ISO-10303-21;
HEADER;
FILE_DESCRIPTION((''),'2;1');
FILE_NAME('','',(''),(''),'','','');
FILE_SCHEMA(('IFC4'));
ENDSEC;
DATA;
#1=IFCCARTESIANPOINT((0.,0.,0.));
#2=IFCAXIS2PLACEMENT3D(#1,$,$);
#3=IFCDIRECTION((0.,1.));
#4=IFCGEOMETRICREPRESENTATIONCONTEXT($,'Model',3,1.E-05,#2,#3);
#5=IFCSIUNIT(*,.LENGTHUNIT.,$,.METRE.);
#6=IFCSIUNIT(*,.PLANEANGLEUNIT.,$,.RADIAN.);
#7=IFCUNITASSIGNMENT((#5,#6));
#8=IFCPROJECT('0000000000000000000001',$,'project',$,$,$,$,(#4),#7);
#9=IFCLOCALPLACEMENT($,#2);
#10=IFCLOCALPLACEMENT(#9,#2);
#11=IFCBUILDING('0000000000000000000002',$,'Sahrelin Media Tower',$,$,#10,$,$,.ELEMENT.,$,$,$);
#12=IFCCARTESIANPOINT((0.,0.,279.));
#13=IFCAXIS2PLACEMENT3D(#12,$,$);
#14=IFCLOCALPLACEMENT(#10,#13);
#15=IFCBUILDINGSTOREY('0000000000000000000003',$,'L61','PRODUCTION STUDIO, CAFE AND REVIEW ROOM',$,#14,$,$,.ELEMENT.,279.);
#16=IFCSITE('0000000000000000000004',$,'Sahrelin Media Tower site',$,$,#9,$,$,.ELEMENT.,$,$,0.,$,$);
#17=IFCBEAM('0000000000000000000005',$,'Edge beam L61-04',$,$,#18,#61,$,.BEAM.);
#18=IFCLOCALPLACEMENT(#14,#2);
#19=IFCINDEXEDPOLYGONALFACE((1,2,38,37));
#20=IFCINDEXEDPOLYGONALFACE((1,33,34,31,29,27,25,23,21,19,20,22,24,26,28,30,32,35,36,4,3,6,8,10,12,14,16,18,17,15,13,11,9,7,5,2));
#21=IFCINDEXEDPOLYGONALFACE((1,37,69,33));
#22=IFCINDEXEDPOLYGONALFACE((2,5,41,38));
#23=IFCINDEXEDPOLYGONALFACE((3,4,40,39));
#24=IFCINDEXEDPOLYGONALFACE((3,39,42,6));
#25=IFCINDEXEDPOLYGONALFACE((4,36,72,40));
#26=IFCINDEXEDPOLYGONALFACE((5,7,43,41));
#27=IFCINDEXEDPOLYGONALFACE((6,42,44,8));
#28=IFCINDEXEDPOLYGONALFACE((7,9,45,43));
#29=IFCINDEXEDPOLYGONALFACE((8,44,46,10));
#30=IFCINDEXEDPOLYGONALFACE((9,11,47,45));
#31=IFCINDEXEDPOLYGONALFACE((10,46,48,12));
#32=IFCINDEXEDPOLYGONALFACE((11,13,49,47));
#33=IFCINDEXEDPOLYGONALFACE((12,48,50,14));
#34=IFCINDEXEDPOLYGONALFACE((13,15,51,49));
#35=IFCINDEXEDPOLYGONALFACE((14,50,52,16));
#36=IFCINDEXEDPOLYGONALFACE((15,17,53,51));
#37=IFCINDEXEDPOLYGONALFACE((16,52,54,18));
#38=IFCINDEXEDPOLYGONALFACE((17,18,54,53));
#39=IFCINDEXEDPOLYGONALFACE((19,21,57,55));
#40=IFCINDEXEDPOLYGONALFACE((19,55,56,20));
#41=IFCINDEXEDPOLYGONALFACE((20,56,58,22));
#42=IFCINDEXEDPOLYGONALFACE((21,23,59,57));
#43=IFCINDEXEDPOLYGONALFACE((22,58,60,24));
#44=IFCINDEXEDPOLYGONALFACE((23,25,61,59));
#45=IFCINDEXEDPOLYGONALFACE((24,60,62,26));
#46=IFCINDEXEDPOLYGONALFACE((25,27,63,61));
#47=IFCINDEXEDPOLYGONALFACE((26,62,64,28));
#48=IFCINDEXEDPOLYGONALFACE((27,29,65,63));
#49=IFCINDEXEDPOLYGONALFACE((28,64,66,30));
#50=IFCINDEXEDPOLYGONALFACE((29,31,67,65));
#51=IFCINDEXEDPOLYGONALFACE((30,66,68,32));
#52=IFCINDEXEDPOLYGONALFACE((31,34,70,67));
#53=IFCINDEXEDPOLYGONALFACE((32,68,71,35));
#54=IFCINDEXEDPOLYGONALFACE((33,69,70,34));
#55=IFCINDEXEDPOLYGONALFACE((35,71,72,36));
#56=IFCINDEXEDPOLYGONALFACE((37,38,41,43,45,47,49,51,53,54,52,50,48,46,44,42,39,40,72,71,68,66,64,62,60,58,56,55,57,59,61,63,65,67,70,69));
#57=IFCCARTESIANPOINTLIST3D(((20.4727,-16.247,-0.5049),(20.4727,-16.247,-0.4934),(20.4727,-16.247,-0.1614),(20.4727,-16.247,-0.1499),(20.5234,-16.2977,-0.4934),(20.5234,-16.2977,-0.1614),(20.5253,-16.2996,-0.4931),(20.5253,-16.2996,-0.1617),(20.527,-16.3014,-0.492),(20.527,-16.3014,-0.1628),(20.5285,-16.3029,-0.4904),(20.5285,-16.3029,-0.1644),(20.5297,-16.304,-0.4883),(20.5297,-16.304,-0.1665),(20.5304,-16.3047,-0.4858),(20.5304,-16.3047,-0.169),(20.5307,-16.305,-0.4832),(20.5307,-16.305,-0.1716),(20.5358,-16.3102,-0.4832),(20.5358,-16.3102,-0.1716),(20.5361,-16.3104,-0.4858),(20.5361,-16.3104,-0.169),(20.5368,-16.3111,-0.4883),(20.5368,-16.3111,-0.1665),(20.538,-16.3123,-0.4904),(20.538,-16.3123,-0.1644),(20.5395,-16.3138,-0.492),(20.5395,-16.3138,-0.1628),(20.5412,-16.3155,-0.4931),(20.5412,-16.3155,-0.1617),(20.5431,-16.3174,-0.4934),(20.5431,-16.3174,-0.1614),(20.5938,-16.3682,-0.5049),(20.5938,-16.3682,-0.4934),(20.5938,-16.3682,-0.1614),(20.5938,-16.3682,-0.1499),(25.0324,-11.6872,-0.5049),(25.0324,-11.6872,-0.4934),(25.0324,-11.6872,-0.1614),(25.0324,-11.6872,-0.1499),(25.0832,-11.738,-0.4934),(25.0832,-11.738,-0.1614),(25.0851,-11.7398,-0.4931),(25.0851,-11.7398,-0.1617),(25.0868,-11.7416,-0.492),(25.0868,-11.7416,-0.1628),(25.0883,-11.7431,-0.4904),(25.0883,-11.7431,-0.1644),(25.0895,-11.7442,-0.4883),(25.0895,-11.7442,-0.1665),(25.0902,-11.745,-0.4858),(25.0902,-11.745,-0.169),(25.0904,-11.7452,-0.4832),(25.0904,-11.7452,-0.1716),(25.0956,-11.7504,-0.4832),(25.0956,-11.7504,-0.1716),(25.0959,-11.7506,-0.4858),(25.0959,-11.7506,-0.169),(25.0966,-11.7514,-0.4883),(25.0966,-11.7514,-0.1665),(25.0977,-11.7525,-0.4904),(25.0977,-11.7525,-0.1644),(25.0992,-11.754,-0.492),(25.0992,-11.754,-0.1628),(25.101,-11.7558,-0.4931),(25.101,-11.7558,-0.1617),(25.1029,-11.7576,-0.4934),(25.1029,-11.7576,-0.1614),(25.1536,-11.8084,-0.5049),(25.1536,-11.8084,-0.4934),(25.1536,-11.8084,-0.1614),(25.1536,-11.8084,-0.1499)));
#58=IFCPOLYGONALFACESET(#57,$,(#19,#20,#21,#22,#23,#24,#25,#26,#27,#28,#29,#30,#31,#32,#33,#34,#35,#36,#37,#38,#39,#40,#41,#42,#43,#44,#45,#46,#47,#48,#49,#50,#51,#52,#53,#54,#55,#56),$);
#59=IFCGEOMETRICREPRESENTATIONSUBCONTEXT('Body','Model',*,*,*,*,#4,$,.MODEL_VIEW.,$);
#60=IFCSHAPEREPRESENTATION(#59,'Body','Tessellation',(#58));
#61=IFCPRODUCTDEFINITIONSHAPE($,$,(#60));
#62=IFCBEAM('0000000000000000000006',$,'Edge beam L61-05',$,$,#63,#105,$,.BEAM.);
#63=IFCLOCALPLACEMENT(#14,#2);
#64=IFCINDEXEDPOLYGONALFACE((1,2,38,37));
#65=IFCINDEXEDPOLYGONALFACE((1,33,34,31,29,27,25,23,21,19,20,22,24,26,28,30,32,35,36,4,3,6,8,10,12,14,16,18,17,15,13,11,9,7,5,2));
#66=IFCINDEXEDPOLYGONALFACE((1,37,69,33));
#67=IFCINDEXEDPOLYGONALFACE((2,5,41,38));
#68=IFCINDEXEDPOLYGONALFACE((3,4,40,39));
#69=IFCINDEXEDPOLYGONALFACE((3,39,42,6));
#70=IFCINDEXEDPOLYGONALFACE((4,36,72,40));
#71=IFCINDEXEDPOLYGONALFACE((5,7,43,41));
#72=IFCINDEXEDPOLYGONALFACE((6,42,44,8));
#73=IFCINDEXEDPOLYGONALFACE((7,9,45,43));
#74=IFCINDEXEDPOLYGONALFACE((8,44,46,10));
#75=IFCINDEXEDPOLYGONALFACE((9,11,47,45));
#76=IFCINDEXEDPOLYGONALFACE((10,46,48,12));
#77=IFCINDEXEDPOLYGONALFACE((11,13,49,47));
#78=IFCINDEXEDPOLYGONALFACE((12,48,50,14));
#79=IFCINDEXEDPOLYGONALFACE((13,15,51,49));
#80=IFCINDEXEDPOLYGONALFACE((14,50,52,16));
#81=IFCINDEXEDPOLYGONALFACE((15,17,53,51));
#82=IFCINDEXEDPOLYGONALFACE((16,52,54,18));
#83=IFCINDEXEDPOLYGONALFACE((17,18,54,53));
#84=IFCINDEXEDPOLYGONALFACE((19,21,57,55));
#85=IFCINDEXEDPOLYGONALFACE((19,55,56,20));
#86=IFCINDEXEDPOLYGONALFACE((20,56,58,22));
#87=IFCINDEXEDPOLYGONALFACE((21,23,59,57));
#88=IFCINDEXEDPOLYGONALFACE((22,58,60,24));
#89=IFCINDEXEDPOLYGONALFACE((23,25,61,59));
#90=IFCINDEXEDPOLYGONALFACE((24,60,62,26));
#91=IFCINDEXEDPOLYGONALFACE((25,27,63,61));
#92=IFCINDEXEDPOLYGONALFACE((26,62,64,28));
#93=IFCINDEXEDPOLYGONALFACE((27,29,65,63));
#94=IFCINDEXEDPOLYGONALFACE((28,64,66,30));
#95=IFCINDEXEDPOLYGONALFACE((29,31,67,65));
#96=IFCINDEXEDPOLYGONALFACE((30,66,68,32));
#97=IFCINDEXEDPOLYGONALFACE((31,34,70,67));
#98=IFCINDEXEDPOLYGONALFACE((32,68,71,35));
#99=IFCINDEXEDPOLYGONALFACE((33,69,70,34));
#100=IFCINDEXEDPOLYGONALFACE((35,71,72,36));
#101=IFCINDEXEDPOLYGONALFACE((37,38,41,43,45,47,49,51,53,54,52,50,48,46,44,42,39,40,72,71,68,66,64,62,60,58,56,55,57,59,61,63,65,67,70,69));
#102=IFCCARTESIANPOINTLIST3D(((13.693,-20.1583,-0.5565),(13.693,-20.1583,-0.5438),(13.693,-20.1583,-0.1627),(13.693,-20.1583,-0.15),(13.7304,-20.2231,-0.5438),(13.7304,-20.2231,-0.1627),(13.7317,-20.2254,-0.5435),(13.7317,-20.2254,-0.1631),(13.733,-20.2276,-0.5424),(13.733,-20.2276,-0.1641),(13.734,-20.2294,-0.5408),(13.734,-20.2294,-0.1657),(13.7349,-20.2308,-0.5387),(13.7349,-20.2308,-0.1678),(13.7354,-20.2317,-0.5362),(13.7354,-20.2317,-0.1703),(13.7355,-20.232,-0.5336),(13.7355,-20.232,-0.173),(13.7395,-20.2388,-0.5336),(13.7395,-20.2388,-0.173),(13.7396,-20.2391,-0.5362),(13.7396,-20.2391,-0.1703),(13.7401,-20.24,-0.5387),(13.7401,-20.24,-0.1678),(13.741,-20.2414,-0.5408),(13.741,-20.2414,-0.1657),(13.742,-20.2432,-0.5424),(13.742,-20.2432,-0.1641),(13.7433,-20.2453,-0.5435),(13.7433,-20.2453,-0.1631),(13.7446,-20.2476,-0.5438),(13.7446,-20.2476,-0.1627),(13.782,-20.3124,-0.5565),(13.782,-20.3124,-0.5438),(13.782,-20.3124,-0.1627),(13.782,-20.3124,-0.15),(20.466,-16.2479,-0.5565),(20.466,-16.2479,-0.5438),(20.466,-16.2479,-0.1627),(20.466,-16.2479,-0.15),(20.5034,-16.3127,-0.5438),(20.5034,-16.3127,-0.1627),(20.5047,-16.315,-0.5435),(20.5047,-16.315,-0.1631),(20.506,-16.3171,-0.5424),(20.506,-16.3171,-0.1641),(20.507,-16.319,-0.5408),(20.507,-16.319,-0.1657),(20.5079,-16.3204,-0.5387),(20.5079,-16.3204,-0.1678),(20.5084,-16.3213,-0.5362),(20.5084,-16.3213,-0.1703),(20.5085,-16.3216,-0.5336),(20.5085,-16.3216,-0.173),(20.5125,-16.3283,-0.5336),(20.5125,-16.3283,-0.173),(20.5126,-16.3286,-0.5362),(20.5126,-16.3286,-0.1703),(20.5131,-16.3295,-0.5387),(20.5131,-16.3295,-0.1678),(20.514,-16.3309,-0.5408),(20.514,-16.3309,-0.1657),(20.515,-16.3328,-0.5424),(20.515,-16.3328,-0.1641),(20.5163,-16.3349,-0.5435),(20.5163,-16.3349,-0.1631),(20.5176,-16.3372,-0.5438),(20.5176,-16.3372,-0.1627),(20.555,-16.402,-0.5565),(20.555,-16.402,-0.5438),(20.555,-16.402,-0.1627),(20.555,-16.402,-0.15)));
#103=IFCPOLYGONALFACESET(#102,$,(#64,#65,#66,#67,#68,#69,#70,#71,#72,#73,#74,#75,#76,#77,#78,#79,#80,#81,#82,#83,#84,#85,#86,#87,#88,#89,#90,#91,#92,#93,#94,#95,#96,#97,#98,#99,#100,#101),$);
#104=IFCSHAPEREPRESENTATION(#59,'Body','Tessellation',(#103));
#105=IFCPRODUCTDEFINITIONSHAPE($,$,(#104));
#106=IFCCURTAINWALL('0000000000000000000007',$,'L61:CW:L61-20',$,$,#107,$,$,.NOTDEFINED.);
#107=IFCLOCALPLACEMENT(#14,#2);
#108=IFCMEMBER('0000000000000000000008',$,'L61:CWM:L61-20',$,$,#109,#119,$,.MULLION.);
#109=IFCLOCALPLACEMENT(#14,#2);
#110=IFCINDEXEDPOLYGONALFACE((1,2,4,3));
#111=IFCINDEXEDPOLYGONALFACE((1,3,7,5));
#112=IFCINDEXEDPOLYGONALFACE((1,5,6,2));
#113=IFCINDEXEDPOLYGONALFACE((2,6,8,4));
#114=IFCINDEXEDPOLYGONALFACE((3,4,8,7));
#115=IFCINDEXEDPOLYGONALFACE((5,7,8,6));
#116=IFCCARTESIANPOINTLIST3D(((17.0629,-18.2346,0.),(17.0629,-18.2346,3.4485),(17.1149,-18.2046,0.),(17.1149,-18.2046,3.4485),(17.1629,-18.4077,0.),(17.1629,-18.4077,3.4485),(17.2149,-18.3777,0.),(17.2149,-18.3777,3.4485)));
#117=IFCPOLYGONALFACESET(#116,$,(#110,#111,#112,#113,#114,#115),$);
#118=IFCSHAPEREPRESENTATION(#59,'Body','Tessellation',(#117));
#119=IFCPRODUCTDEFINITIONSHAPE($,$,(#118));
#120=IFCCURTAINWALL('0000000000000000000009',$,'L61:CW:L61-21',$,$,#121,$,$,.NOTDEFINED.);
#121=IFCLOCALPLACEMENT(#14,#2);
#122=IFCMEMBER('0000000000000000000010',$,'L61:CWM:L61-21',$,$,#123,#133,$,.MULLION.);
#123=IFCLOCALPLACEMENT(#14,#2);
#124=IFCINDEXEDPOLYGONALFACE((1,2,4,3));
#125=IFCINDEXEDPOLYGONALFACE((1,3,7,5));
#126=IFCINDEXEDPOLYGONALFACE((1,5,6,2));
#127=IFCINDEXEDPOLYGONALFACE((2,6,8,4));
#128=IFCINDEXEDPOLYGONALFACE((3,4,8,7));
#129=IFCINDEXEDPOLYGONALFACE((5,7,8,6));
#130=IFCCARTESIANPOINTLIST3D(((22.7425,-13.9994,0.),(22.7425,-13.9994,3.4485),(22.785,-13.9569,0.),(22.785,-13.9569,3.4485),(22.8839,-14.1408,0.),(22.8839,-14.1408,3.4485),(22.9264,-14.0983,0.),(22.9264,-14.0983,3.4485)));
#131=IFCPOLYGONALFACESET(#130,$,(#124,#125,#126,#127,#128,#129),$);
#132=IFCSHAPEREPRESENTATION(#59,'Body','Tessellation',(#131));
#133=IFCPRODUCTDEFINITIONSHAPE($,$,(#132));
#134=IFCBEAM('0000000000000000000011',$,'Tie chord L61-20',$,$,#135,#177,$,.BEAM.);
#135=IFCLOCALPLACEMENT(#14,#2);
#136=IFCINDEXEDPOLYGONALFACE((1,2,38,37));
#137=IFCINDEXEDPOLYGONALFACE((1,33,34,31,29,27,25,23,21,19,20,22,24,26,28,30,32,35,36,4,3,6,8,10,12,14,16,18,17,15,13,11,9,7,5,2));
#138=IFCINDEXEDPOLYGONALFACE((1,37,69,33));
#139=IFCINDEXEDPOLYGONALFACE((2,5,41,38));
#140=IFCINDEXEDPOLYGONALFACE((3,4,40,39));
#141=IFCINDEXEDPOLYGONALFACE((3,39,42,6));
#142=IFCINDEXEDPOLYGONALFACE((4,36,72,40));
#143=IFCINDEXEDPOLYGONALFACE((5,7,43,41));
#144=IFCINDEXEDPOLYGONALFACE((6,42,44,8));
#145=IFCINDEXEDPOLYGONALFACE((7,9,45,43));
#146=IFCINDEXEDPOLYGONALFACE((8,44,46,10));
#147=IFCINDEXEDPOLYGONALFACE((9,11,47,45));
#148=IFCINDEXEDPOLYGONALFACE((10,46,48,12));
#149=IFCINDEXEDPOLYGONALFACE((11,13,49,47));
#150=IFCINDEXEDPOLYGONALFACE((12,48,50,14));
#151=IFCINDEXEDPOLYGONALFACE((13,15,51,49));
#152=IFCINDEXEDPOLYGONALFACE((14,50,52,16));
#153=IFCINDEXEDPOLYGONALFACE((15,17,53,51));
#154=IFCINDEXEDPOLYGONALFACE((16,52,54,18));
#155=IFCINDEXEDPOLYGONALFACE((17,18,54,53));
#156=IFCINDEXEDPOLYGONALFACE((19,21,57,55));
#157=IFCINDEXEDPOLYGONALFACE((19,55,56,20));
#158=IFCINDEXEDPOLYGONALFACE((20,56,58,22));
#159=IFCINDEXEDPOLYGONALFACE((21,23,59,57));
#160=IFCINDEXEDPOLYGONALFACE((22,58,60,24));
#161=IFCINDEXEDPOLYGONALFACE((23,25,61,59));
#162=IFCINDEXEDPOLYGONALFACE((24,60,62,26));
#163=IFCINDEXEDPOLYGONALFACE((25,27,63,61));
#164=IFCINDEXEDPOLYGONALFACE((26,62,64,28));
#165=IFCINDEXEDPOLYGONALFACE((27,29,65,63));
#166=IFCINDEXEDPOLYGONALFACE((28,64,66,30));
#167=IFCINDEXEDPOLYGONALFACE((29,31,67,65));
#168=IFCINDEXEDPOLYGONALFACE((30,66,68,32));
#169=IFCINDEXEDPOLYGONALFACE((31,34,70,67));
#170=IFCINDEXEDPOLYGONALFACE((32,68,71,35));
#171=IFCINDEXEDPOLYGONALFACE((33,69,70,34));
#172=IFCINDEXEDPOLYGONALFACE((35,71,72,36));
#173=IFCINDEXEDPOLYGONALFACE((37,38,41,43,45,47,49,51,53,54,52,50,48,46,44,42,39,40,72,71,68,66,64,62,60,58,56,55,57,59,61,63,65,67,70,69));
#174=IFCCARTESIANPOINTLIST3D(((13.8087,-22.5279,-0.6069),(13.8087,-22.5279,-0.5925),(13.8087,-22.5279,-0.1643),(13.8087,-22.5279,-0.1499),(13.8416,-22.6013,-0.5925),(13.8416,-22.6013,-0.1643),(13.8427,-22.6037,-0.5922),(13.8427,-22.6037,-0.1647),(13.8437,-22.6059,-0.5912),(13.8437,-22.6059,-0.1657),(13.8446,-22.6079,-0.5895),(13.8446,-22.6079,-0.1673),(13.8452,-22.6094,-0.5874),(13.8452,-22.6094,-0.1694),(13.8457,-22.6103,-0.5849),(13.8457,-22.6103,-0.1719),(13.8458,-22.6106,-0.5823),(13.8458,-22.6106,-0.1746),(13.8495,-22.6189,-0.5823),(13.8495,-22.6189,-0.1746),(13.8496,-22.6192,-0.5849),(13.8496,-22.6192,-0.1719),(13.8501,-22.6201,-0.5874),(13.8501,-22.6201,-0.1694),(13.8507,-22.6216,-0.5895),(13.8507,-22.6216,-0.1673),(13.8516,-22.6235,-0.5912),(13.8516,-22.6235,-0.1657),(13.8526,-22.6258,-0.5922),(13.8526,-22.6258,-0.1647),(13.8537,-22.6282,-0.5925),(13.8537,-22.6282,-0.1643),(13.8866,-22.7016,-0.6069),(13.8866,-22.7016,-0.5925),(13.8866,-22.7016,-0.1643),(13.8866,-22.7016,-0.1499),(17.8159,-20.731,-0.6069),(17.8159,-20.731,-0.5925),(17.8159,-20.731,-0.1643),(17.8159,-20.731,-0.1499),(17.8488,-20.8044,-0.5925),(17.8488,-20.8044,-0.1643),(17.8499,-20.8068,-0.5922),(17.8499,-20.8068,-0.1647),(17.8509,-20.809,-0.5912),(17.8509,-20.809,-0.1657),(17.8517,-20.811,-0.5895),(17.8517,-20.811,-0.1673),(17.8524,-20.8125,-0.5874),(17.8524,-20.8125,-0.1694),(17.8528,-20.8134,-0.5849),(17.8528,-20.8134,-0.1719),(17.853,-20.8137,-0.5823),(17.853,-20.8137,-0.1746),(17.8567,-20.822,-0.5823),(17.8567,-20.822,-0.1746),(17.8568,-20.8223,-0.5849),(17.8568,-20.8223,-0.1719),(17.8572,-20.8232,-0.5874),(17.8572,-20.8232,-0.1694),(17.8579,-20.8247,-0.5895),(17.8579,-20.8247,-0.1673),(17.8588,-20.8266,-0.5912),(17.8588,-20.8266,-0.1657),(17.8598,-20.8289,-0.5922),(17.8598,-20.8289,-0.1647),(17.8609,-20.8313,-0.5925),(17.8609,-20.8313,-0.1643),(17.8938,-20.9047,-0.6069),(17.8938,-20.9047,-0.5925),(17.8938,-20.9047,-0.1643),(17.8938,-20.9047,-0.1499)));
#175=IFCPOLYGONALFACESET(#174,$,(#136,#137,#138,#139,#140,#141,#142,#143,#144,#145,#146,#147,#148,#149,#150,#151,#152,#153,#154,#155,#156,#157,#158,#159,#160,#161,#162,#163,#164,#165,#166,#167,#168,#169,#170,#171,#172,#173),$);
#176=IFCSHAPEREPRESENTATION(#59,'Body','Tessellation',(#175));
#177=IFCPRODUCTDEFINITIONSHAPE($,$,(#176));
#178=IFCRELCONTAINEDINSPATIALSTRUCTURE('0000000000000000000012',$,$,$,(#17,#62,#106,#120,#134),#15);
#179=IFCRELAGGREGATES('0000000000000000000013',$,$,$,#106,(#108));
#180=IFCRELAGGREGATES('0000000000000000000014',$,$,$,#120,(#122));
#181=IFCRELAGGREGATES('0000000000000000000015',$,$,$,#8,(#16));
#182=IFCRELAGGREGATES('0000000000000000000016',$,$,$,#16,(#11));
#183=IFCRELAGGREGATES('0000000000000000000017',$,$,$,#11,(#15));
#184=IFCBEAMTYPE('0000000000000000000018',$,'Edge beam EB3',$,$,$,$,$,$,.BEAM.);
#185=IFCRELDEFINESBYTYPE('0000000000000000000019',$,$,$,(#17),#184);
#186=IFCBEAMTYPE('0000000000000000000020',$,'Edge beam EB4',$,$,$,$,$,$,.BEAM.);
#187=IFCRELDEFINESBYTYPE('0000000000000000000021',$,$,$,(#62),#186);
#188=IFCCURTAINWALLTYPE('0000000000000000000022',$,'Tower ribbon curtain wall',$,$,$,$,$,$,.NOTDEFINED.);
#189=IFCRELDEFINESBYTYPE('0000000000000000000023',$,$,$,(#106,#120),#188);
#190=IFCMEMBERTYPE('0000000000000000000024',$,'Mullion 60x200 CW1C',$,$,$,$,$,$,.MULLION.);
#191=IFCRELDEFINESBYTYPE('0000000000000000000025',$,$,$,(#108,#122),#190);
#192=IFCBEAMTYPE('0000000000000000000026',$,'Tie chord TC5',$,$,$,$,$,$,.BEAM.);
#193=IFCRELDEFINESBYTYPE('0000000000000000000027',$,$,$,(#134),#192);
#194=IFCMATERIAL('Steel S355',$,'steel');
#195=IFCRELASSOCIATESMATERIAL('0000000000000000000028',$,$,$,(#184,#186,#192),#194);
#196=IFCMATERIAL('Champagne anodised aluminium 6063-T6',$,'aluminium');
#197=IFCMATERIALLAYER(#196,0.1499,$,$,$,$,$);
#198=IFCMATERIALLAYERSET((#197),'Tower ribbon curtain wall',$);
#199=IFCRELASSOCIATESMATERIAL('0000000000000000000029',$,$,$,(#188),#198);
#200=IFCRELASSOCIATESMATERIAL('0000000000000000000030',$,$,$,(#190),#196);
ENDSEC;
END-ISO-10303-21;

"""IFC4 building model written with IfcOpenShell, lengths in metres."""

from ifc_helpers import new_model, si_unit, direction, frame, origin, origin_2d, place, context, subcontext, project, spatial, rectangle, i_section, extrude, material, layer, layer_set, material_profile, profile_set, type_object, element, aggregate, save


model = new_model("IFC4")

# Units and contexts
model_context = context("Model", 3, precision=1e-05, world=origin(), true_north=direction((0.0, 1.0)))
body_context = subcontext(model_context, "Body", "Model", "MODEL_VIEW")
ifc_project = project(units=[si_unit("LENGTHUNIT", "METRE"), si_unit("PLANEANGLEUNIT", "RADIAN")], contexts=[model_context])

# Site, building, storey
site_placement = place(None, origin())
site = spatial("IfcSite", under=ifc_project, at=site_placement, Name="Sahrelin Media Tower site", CompositionType="ELEMENT", RefElevation=0.0)
building_placement = place(site_placement, origin())
building = spatial("IfcBuilding", under=site, at=building_placement, Name="Sahrelin Media Tower", CompositionType="ELEMENT")
storey_placement = place(building_placement, frame((0.0, 0.0, 279.0)))
storey = spatial("IfcBuildingStorey", under=building, at=storey_placement, Name="L61", Description="PRODUCTION STUDIO, CAFE AND REVIEW ROOM", CompositionType="ELEMENT", Elevation=279.0)

# Beams
ifc_material_1 = material(Name="Steel S355", Category="steel")
ifc_material_profile_1 = material_profile(ifc_material_1, i_section(OverallWidth=0.1714, OverallDepth=0.355, WebThickness=0.0073, FlangeThickness=0.0115, FilletRadius=0.0103, at=origin_2d()), Name="UB 356x171x51")
ifc_profile_set_1 = profile_set([ifc_material_profile_1], Name="Steel S355")
beam_type_1 = type_object("IfcBeamType", Name="Edge beam EB3", PredefinedType="BEAM", material=ifc_profile_set_1)
beam_1_placement = place(storey_placement, frame((25.093, -11.7478, -0.3274), z_axis=(-0.707107, -0.707107, 0.0), x_axis=(0.707107, -0.707107, 0.0)))
element("IfcBeam", 1, at=beam_1_placement, inside=storey, type_object=beam_type_1, Name="Edge beam L61-04", PredefinedType="BEAM", context=body_context, shape_type="SweptSolid", body=[
    extrude(i_section(OverallWidth=0.1714, OverallDepth=0.355, WebThickness=0.0073, FlangeThickness=0.0115, FilletRadius=0.0103, at=origin_2d()), origin(), (0.0, 0.0, 1.0), 6.4485),
])
ifc_material_profile_2 = material_profile(ifc_material_1, i_section(OverallWidth=0.178, OverallDepth=0.4065, WebThickness=0.0078, FlangeThickness=0.0127, FilletRadius=0.0103, at=origin_2d()), Name="UB 406x178x60")
ifc_profile_set_2 = profile_set([ifc_material_profile_2], Name="Steel S355")
beam_type_2 = type_object("IfcBeamType", Name="Edge beam EB4", PredefinedType="BEAM", material=ifc_profile_set_2)
beam_2_placement = place(storey_placement, frame((20.5105, -16.325, -0.3533), z_axis=(-0.866023, -0.500003, 0.0), x_axis=(0.500003, -0.866023, 0.0)))
element("IfcBeam", 2, at=beam_2_placement, inside=storey, type_object=beam_type_2, Name="Edge beam L61-05", PredefinedType="BEAM", context=body_context, shape_type="SweptSolid", body=[
    extrude(i_section(OverallWidth=0.178, OverallDepth=0.4065, WebThickness=0.0078, FlangeThickness=0.0127, FilletRadius=0.0103, at=origin_2d()), origin(), (0.0, 0.0, 1.0), 7.8208),
])

# Curtain walls, members
ifc_material_2 = material(Name="Champagne anodised aluminium 6063-T6", Category="aluminium")
ifc_layer_1 = layer(ifc_material_2, 0.1499)
ifc_layer_set_1 = layer_set([ifc_layer_1], Name="Tower ribbon curtain wall")
curtain_wall_type = type_object("IfcCurtainWallType", Name="Tower ribbon curtain wall", PredefinedType="NOTDEFINED", material=ifc_layer_set_1)
curtain_wall_1_placement = place(storey_placement, frame((17.199, -18.4102, 0.0), z_axis=(0.0, 0.0, 1.0), x_axis=(1.0, 0.0, 0.0)))
curtain_wall_1 = element("IfcCurtainWall", 3, at=curtain_wall_1_placement, inside=storey, type_object=curtain_wall_type, Name="L61:CW:L61-20", PredefinedType="NOTDEFINED")
ifc_material_profile_3 = material_profile(ifc_material_2, rectangle(XDim=0.0601, YDim=0.2, at=origin_2d()), Name="Mullion 60x200")
ifc_profile_set_3 = profile_set([ifc_material_profile_3], Name="Champagne anodised aluminium 6063-T6")
member_type_1 = type_object("IfcMemberType", Name="Mullion 60x200 CW1C", PredefinedType="MULLION", material=ifc_profile_set_3)
member_1_placement = place(storey_placement, frame((17.1389, -18.3062, 0.0), z_axis=(0.0, 0.0, 1.0), x_axis=(0.866027, 0.499997, 0.0)))
member_1 = element("IfcMember", 4, at=member_1_placement, type_object=member_type_1, Name="L61:CWM:L61-20", PredefinedType="MULLION", context=body_context, shape_type="SweptSolid", body=[
    extrude(rectangle(XDim=0.0601, YDim=0.2, at=origin_2d()), origin(), (0.0, 0.0, 1.0), 3.4485),
])
curtain_wall_2_placement = place(storey_placement, frame((22.9192, -14.1338, 0.0), z_axis=(0.0, 0.0, 1.0), x_axis=(1.0, 0.0, 0.0)))
curtain_wall_2 = element("IfcCurtainWall", 5, at=curtain_wall_2_placement, inside=storey, type_object=curtain_wall_type, Name="L61:CW:L61-21", PredefinedType="NOTDEFINED")
member_2_placement = place(storey_placement, frame((22.8345, -14.0488, 0.0), z_axis=(0.0, 0.0, 1.0), x_axis=(0.707107, 0.707107, 0.0)))
member_2 = element("IfcMember", 6, at=member_2_placement, type_object=member_type_1, Name="L61:CWM:L61-21", PredefinedType="MULLION", context=body_context, shape_type="SweptSolid", body=[
    extrude(rectangle(XDim=0.0601, YDim=0.2, at=origin_2d()), origin(), (0.0, 0.0, 1.0), 3.4485),
])

# Beam
ifc_material_profile_4 = material_profile(ifc_material_1, i_section(OverallWidth=0.1904, OverallDepth=0.457, WebThickness=0.009, FlangeThickness=0.0144, FilletRadius=0.0103, at=origin_2d()), Name="UB 457x191x74")
ifc_profile_set_4 = profile_set([ifc_material_profile_4], Name="Steel S355")
beam_type_3 = type_object("IfcBeamType", Name="Tie chord TC5", PredefinedType="BEAM", material=ifc_profile_set_4)
beam_3_placement = place(storey_placement, frame((13.8477, -22.6147, -0.3784), z_axis=(0.912459, 0.409169, 0.0), x_axis=(-0.409169, 0.912459, 0.0)))
element("IfcBeam", 7, at=beam_3_placement, inside=storey, type_object=beam_type_3, Name="Tie chord L61-20", PredefinedType="BEAM", context=body_context, shape_type="SweptSolid", body=[
    extrude(i_section(OverallWidth=0.1904, OverallDepth=0.457, WebThickness=0.009, FlangeThickness=0.0144, FilletRadius=0.0103, at=origin_2d()), origin(), (0.0, 0.0, 1.0), 4.3916),
])

aggregate(curtain_wall_1, [member_1])
aggregate(curtain_wall_2, [member_2])

save(model, "model.ifc")
